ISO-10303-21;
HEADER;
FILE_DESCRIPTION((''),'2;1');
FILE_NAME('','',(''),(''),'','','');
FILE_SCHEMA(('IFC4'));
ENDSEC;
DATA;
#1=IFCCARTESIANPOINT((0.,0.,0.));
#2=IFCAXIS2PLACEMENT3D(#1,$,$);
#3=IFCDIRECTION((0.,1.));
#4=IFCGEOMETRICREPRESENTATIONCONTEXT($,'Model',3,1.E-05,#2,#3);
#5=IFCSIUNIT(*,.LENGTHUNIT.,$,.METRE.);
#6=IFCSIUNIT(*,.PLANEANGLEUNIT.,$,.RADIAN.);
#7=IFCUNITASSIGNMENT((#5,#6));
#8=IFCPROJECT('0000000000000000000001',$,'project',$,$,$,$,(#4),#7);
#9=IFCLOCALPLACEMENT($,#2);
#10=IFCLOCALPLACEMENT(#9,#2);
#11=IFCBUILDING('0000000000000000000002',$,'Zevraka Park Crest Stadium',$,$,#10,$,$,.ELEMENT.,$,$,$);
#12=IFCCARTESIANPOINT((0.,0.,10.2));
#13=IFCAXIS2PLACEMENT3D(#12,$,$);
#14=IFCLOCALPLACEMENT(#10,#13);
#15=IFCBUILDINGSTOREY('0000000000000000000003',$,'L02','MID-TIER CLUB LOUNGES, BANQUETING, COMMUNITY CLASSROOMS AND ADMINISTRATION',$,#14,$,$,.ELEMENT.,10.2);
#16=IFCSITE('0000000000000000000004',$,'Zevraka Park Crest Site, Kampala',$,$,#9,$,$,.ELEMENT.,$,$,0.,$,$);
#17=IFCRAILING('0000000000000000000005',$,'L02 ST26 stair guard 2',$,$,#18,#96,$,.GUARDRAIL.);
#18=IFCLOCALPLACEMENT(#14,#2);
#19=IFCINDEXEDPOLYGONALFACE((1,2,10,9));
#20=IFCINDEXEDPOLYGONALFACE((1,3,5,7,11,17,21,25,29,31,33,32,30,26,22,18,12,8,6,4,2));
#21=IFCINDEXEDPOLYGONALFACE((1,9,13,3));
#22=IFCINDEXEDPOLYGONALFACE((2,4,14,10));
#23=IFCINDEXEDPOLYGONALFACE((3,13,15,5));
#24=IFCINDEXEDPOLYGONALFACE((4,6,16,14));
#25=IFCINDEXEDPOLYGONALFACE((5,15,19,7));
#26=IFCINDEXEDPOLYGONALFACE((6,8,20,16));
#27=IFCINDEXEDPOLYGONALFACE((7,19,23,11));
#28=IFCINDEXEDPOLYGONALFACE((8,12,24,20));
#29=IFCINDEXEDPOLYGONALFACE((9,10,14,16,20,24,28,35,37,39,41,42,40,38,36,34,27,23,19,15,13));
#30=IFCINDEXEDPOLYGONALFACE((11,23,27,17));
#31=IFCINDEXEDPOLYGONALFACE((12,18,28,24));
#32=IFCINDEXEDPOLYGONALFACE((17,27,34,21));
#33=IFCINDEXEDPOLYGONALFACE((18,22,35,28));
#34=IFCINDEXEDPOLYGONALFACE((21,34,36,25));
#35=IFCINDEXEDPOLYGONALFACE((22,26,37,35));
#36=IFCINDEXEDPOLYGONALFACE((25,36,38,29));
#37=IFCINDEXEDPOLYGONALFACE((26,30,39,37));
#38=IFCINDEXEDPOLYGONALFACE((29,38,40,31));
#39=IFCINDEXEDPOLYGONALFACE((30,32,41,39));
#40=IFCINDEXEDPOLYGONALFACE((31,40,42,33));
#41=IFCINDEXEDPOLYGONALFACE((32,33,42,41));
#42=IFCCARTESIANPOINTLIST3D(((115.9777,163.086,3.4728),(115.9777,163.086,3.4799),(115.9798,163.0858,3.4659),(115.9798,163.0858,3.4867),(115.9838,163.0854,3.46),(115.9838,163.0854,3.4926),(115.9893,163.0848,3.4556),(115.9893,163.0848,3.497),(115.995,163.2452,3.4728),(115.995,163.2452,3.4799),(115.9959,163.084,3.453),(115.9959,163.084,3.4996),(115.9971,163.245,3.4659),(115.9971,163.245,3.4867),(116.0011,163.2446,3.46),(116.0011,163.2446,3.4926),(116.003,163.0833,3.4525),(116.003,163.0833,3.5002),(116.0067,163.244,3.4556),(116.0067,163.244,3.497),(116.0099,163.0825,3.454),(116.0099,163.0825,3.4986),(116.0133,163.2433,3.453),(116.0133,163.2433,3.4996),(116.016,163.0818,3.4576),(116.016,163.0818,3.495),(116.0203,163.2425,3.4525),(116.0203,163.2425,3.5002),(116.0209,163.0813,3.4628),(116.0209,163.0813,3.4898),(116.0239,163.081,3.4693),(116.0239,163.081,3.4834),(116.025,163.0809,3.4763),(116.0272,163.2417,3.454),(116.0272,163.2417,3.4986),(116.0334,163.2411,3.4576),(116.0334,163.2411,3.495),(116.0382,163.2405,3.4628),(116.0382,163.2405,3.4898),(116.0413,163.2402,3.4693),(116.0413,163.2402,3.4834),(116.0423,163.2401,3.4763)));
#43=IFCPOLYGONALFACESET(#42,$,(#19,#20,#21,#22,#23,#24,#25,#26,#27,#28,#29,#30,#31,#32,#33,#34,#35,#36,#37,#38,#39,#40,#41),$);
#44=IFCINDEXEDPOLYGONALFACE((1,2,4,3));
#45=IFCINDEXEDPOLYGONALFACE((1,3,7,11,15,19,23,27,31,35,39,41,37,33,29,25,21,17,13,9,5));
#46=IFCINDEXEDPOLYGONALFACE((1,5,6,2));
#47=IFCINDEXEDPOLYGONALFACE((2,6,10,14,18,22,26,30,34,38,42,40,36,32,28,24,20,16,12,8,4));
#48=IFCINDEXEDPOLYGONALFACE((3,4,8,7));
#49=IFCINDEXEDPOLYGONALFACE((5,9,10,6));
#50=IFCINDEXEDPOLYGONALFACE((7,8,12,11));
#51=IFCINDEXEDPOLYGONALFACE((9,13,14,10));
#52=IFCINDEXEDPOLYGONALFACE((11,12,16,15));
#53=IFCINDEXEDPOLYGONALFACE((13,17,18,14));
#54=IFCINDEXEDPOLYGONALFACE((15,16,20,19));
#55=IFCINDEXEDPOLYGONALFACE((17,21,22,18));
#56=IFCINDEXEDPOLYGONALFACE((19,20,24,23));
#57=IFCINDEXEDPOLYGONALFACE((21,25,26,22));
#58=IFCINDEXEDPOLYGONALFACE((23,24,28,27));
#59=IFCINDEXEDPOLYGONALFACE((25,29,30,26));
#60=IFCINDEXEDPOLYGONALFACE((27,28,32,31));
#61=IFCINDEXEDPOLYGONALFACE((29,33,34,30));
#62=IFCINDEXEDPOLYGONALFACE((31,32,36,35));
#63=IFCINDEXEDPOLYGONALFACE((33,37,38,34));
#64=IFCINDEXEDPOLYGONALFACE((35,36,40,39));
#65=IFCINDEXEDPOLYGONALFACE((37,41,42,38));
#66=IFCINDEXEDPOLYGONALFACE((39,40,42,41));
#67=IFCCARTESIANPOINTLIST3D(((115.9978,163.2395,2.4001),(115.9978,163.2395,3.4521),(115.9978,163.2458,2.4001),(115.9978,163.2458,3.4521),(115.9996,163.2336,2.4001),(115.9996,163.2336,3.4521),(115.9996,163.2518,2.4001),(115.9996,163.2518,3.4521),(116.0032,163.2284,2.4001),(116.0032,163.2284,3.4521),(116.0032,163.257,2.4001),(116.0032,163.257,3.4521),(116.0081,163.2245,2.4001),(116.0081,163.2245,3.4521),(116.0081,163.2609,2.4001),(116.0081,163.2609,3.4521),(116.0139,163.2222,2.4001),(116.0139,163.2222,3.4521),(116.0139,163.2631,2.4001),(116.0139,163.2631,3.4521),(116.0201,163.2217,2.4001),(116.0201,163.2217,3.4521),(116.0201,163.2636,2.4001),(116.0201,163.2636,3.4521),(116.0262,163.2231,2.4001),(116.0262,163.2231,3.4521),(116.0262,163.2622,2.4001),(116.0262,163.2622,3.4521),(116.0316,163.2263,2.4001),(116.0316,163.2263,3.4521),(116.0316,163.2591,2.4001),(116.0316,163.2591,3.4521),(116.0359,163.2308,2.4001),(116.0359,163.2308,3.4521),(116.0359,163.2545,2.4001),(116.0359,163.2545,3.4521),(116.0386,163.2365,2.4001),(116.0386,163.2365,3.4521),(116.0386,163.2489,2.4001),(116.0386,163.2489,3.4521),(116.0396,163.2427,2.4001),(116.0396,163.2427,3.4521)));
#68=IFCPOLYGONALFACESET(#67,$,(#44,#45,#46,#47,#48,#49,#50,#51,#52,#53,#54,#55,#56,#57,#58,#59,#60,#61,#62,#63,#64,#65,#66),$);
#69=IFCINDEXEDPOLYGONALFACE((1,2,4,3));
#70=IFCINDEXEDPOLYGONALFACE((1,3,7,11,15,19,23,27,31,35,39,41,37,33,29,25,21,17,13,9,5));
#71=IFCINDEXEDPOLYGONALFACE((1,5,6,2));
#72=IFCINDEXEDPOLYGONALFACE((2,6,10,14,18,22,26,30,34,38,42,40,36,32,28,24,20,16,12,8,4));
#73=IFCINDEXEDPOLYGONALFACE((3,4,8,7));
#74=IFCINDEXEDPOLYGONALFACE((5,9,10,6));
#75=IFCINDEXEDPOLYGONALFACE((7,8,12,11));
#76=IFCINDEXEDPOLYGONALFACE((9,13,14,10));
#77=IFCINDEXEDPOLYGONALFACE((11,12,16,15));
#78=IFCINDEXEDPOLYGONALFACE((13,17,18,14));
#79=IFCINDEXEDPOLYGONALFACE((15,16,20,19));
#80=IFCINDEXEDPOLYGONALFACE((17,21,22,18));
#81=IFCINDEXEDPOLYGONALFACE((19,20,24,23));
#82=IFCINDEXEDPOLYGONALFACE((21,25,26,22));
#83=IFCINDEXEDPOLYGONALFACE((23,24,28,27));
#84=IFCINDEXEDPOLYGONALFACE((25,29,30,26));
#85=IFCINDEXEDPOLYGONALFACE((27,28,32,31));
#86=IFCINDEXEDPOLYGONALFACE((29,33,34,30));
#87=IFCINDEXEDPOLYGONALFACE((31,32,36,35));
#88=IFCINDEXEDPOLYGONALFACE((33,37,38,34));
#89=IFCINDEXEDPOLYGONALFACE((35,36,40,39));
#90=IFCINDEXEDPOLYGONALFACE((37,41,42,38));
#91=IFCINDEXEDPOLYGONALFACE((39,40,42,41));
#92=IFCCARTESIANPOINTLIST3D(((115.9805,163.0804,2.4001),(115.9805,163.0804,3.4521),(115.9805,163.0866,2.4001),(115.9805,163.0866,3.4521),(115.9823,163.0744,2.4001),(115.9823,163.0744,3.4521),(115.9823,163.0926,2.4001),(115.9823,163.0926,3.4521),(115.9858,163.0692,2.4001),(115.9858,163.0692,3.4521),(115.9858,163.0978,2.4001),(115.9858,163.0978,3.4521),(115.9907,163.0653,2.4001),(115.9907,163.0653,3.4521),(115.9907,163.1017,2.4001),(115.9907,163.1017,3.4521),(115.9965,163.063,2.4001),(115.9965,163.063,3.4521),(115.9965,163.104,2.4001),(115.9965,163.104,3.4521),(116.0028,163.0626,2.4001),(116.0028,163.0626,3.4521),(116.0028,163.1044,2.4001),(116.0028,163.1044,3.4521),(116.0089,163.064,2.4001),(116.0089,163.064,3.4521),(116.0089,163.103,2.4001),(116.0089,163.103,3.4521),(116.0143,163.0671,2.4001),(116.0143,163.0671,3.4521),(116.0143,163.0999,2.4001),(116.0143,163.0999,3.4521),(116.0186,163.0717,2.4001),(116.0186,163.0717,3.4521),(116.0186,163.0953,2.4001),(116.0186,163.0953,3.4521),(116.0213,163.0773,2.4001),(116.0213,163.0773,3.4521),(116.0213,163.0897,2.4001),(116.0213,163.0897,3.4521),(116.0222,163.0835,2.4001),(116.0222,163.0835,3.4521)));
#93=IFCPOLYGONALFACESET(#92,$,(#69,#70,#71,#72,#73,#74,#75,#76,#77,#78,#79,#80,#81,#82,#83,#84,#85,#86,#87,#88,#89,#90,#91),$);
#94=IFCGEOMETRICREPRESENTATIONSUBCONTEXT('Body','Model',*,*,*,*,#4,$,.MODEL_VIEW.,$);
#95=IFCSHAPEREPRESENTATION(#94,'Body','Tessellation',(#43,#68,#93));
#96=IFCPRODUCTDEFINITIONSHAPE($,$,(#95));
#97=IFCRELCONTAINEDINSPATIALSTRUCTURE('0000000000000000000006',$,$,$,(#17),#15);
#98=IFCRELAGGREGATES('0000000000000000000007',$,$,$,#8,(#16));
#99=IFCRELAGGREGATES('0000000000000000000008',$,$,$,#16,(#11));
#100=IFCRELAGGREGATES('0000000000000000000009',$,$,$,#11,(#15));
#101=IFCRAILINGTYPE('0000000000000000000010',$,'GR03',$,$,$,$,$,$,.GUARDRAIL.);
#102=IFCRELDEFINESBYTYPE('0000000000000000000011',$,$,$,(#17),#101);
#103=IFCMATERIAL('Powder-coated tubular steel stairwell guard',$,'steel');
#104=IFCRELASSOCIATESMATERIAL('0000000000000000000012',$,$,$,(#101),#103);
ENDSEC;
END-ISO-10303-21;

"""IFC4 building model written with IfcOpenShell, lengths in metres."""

from ifc_helpers import new_model, si_unit, direction, frame, origin, origin_2d, place, context, subcontext, project, spatial, circle, extrude, material, type_object, element, save


model = new_model("IFC4")

# Units and contexts
model_context = context("Model", 3, precision=1e-05, world=origin(), true_north=direction((0.0, 1.0)))
body_context = subcontext(model_context, "Body", "Model", "MODEL_VIEW")
ifc_project = project(units=[si_unit("LENGTHUNIT", "METRE"), si_unit("PLANEANGLEUNIT", "RADIAN")], contexts=[model_context])

# Site, building, storey
site_placement = place(None, origin())
site = spatial("IfcSite", under=ifc_project, at=site_placement, Name="Zevraka Park Crest Site, Kampala", CompositionType="ELEMENT", RefElevation=0.0)
building_placement = place(site_placement, origin())
building = spatial("IfcBuilding", under=site, at=building_placement, Name="Zevraka Park Crest Stadium", CompositionType="ELEMENT")
storey_placement = place(building_placement, frame((0.0, 0.0, 10.2)))
storey = spatial("IfcBuildingStorey", under=building, at=storey_placement, Name="L02", Description="MID-TIER CLUB LOUNGES, BANQUETING, COMMUNITY CLASSROOMS AND ADMINISTRATION", CompositionType="ELEMENT", Elevation=10.2)

# Railing
ifc_material_1 = material(Name="Powder-coated tubular steel stairwell guard", Category="steel")
railing_type_1 = type_object("IfcRailingType", Name="GR03", PredefinedType="GUARDRAIL", material=ifc_material_1)
railing_1_placement = place(storey_placement, frame((116.0186, 163.2427, 2.4001)))
element("IfcRailing", 1, at=railing_1_placement, inside=storey, type_object=railing_type_1, Name="L02 ST26 stair guard 2", PredefinedType="GUARDRAIL", context=body_context, shape_type="SweptSolid", body=[
    extrude(circle(Radius=0.0239, at=origin_2d()), frame((0.0, 0.0, 1.0762), z_axis=(-0.108256, -0.994123, 0.0), x_axis=(0.994123, -0.108256, 0.0)), (0.0, 0.0, 1.0), 0.1602),
    extrude(circle(Radius=0.021, at=origin_2d()), origin(), (0.0, 0.0, 1.0), 1.052),
    extrude(circle(Radius=0.021, at=origin_2d()), frame((-0.0173, -0.1592, 0.0)), (0.0, 0.0, 1.0), 1.052),
])

save(model, "model.ifc")
